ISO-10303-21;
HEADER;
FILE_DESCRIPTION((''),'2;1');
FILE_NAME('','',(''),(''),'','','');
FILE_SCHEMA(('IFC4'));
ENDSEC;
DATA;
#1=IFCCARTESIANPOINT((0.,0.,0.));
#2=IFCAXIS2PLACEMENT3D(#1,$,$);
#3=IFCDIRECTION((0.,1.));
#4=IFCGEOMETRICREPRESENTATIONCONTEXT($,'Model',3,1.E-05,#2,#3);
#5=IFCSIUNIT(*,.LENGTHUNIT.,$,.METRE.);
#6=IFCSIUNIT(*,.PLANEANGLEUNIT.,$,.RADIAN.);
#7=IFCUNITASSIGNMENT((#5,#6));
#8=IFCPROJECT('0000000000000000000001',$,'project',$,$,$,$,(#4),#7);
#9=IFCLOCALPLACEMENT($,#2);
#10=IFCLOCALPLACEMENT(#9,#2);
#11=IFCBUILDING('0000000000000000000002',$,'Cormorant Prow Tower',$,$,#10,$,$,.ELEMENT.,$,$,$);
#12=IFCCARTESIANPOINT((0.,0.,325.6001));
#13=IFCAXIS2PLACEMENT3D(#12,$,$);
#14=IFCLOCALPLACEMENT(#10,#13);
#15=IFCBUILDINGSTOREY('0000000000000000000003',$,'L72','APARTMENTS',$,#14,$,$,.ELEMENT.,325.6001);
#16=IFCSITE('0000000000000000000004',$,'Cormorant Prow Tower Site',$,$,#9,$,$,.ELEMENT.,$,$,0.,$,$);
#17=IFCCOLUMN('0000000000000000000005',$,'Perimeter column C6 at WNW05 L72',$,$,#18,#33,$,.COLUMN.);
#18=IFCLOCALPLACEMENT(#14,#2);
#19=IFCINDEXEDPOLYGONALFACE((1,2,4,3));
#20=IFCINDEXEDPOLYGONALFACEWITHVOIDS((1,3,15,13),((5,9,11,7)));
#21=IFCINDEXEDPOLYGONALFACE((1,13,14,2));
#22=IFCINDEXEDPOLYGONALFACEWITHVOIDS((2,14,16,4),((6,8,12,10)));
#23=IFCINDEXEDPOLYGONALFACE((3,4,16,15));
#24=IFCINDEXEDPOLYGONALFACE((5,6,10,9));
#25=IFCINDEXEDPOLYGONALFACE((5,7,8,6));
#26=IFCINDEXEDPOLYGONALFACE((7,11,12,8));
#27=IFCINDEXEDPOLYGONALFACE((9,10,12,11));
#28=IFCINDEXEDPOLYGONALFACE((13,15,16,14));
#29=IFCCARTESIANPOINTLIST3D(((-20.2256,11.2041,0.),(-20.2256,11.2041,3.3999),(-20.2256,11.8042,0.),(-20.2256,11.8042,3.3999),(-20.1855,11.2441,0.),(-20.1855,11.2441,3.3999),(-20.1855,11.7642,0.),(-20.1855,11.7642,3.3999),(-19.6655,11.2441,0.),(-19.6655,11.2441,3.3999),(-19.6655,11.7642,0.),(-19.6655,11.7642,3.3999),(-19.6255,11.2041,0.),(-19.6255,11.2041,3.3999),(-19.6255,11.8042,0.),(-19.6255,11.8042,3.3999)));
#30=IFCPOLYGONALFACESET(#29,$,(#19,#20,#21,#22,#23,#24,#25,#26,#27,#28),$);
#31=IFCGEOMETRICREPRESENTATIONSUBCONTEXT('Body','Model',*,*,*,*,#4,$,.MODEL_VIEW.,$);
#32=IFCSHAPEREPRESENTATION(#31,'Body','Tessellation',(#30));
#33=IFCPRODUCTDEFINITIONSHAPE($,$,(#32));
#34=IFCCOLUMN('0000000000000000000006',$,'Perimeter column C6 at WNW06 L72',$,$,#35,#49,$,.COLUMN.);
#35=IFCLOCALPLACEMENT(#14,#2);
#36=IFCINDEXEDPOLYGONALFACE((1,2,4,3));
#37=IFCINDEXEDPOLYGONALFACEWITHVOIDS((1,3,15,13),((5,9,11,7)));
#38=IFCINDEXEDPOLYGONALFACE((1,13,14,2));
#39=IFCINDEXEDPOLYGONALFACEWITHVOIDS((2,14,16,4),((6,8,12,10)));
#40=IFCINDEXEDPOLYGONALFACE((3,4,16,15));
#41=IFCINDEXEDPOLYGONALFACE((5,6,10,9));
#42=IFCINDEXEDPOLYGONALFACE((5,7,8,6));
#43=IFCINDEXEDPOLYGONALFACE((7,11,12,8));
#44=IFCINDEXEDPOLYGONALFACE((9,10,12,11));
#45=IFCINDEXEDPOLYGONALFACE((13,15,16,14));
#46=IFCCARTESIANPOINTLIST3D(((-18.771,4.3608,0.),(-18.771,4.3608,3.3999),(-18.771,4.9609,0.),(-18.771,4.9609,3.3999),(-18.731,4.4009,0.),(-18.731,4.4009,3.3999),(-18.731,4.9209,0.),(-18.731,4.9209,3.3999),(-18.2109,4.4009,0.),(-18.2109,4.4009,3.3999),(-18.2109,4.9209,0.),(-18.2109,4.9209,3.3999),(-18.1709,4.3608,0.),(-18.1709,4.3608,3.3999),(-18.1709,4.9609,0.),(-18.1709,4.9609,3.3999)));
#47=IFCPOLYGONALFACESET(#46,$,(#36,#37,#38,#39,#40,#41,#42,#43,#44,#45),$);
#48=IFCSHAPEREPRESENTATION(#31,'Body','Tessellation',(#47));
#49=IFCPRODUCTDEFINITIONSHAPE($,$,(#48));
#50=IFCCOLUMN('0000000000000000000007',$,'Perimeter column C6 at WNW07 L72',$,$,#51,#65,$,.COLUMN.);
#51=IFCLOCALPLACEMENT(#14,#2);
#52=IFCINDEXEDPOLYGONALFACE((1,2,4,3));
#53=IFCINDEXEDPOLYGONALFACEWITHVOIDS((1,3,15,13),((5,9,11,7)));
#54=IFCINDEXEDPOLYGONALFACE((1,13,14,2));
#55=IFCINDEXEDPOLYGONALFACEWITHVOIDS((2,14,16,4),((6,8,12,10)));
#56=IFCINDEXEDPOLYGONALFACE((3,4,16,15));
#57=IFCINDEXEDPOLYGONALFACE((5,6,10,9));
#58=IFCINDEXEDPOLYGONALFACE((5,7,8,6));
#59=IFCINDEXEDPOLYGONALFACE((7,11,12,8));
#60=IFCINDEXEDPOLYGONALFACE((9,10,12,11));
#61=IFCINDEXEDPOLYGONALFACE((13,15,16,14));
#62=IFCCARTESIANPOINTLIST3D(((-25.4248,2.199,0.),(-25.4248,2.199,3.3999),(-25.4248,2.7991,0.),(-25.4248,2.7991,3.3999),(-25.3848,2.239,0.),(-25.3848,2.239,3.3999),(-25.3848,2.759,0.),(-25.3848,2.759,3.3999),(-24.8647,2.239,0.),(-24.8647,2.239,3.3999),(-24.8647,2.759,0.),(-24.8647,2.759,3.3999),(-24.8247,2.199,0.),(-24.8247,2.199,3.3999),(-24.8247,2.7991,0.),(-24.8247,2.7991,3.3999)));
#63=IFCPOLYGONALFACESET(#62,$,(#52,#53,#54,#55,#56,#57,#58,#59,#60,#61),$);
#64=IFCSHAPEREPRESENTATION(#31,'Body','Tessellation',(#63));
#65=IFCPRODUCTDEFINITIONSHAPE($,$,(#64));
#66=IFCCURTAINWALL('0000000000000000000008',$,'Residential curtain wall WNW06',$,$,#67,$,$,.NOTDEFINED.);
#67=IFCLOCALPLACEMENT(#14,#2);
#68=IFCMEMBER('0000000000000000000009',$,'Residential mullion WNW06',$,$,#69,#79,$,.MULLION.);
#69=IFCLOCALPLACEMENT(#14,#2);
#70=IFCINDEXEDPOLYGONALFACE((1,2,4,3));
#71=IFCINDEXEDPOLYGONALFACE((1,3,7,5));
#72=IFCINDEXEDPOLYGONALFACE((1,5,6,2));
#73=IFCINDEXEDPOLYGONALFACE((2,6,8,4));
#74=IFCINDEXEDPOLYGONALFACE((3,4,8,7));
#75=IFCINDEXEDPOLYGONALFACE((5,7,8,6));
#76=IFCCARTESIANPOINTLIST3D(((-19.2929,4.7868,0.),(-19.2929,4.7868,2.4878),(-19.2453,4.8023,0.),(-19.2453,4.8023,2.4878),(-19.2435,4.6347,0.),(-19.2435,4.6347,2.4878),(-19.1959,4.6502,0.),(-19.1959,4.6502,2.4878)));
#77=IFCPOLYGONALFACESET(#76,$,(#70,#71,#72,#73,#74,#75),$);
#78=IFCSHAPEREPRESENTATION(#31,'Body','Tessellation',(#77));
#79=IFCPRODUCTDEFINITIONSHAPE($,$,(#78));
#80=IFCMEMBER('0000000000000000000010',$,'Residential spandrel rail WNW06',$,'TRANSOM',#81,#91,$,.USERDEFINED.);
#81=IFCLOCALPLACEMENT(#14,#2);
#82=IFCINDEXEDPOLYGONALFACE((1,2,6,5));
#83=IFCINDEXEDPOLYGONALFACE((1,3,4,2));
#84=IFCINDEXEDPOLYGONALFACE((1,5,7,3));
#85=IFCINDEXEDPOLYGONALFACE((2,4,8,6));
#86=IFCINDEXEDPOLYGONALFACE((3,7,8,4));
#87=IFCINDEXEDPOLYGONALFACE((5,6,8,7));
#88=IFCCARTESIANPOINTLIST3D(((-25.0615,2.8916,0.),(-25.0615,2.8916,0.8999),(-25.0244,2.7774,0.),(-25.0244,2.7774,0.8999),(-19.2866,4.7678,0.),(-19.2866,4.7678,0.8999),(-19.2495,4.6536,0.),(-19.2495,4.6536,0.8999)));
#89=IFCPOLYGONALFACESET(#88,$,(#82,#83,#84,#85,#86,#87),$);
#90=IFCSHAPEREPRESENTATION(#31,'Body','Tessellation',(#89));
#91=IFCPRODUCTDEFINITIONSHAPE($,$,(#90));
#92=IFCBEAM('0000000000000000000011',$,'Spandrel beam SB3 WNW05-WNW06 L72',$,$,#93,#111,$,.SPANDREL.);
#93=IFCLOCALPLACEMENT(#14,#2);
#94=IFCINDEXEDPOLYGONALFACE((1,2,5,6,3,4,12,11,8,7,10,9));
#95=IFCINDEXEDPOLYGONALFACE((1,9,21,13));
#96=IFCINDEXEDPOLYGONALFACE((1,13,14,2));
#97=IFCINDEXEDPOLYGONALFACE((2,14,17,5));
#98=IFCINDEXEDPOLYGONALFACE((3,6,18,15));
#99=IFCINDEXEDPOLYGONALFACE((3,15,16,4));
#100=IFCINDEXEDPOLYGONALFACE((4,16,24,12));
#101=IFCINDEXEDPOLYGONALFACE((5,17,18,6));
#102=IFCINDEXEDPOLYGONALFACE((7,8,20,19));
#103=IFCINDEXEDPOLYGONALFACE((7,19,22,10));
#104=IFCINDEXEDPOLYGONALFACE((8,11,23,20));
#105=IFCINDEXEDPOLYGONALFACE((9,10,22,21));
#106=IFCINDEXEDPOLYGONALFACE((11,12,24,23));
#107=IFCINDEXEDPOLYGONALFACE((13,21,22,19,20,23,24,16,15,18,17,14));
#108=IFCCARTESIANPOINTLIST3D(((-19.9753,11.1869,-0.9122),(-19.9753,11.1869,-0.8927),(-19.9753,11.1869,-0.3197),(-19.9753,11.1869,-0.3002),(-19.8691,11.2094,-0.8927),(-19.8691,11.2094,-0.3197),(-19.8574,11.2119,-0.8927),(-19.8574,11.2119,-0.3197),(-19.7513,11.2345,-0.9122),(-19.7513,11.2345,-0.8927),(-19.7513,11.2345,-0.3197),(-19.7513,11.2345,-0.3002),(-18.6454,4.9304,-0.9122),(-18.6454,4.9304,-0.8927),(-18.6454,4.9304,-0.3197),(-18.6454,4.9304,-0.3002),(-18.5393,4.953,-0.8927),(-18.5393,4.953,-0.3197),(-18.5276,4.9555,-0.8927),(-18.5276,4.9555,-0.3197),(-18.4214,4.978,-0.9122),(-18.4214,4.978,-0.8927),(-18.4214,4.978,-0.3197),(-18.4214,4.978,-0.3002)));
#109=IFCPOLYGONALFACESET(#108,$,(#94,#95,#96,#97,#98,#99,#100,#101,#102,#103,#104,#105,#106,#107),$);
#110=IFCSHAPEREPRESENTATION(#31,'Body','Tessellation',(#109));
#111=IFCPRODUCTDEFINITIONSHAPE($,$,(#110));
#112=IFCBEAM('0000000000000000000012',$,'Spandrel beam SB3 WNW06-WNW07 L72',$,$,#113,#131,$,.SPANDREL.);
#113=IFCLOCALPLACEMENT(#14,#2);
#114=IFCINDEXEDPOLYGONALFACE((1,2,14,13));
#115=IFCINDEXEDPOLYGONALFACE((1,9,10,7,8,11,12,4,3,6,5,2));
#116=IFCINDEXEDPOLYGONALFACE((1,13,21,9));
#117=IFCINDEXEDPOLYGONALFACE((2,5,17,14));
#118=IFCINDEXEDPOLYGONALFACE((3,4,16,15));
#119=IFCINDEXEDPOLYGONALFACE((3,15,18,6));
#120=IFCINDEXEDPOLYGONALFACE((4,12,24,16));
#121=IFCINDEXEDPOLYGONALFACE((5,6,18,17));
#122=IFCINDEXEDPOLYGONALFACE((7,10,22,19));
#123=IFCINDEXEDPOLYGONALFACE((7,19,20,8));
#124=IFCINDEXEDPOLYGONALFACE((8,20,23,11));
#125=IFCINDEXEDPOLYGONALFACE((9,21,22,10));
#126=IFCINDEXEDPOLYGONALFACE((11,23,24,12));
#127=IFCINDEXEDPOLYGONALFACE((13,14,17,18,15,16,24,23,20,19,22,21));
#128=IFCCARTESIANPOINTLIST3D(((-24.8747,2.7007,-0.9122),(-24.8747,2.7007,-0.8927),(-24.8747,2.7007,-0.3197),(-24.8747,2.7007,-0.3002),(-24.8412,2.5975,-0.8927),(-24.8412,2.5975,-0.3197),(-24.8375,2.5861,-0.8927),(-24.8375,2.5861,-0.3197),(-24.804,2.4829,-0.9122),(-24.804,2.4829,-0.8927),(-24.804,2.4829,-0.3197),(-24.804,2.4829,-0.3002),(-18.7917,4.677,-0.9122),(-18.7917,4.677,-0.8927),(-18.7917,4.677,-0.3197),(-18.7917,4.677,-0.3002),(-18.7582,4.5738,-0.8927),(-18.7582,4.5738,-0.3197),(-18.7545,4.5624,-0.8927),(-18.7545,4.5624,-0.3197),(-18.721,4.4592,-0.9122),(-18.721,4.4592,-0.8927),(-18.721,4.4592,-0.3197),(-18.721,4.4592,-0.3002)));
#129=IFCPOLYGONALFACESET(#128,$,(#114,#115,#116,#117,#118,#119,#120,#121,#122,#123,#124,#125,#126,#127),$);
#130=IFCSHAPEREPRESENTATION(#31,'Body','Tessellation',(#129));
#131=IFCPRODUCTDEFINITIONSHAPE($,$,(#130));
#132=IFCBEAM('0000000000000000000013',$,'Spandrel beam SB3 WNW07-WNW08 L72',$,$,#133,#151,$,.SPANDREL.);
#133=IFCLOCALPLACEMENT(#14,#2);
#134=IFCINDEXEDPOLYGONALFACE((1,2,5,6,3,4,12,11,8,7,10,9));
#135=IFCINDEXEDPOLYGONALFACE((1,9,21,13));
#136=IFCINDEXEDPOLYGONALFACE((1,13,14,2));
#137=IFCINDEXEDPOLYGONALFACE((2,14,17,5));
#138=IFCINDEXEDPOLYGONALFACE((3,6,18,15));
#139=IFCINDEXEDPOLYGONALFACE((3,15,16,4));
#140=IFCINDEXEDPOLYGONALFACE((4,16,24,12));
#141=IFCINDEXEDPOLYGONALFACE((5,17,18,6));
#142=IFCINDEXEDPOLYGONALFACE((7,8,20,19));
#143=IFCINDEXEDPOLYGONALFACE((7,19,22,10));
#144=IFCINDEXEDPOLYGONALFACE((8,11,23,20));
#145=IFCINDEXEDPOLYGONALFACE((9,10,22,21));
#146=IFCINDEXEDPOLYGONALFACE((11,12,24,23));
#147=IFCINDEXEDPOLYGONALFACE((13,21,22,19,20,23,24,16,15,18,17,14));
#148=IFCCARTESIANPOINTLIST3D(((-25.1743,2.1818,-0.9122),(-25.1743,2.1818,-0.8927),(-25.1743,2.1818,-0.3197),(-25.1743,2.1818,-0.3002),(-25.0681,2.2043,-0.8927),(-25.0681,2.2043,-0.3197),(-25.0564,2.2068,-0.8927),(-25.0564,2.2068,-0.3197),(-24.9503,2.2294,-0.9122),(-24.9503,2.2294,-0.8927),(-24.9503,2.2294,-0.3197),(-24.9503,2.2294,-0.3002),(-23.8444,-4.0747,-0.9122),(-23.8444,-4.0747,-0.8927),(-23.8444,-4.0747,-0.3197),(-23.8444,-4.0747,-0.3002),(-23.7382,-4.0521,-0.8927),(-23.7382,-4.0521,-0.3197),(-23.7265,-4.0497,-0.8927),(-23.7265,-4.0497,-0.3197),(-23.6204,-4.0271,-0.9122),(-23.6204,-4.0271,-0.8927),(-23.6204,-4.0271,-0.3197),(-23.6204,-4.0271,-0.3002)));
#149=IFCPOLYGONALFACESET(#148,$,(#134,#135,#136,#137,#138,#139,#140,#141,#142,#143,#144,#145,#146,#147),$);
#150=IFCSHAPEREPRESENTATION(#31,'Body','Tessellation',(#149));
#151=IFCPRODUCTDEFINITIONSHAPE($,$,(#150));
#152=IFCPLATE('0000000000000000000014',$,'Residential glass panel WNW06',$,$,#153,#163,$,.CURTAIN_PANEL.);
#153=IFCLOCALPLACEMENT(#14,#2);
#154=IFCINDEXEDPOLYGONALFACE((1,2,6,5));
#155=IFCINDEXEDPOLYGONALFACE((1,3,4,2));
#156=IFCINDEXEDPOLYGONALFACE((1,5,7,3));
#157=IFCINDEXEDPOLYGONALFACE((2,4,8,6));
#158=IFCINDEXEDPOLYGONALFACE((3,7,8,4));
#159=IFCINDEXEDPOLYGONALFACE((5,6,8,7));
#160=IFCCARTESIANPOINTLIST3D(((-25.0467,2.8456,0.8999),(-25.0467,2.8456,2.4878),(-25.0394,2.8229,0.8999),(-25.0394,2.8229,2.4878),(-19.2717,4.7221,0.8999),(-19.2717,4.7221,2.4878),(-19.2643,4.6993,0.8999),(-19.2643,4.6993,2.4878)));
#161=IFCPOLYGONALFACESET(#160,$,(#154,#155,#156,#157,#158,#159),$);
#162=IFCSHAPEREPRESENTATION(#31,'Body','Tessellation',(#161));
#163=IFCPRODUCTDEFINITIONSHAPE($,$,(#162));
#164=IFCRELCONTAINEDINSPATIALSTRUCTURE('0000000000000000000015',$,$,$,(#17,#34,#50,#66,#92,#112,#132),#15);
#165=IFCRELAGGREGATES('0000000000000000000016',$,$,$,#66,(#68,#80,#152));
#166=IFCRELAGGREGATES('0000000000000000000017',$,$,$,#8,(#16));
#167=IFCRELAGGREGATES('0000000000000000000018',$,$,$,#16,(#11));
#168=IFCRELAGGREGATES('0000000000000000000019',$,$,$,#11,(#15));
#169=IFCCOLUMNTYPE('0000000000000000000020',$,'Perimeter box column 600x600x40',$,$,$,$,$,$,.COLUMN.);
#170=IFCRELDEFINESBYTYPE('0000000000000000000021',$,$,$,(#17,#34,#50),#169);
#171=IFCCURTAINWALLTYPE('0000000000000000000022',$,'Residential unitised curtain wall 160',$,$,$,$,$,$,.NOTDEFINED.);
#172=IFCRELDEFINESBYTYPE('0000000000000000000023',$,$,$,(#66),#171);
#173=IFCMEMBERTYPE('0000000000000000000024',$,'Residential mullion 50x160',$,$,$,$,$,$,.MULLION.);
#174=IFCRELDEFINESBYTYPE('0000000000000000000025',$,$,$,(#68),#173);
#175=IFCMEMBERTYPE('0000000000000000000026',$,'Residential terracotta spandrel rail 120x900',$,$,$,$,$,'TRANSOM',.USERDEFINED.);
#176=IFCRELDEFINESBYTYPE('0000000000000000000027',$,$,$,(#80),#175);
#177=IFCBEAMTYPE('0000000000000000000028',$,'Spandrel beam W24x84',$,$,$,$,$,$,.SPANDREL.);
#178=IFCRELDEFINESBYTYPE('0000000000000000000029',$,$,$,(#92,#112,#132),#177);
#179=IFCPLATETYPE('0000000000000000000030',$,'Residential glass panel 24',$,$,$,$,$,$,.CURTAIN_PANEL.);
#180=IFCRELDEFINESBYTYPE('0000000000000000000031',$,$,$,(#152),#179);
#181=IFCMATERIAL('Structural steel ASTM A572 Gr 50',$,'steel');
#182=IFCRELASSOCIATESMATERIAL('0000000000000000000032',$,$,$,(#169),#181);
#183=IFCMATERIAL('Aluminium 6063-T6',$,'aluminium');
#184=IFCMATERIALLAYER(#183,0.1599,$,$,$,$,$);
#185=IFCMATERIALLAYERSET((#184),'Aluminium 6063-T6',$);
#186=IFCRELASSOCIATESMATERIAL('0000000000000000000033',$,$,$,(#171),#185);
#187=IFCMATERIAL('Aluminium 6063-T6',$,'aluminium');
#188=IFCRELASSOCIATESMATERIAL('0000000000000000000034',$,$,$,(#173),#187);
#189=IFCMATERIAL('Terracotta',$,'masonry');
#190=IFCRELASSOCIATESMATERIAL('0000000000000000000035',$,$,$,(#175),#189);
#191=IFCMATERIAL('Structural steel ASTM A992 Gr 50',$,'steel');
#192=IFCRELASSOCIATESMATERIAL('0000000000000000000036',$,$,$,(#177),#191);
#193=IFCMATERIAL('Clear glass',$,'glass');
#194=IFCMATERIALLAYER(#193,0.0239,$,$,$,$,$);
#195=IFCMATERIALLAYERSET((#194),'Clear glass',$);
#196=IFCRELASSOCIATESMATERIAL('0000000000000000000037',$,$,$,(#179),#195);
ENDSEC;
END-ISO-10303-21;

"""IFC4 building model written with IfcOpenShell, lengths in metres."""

from ifc_helpers import new_model, si_unit, direction, frame, origin, origin_2d, place, context, subcontext, project, spatial, rectangle, hollow_rectangle, i_section, extrude, material, layer, layer_set, material_profile, profile_set, type_object, element, aggregate, save


model = new_model("IFC4")

# Units and contexts
model_context = context("Model", 3, precision=1e-05, world=origin(), true_north=direction((0.0, 1.0)))
body_context = subcontext(model_context, "Body", "Model", "MODEL_VIEW")
ifc_project = project(units=[si_unit("LENGTHUNIT", "METRE"), si_unit("PLANEANGLEUNIT", "RADIAN")], contexts=[model_context])

# Site, building, storey
site_placement = place(None, origin())
site = spatial("IfcSite", under=ifc_project, at=site_placement, Name="Cormorant Prow Tower Site", CompositionType="ELEMENT", RefElevation=0.0)
building_placement = place(site_placement, origin())
building = spatial("IfcBuilding", under=site, at=building_placement, Name="Cormorant Prow Tower", CompositionType="ELEMENT")
storey_placement = place(building_placement, frame((0.0, 0.0, 325.6001)))
storey = spatial("IfcBuildingStorey", under=building, at=storey_placement, Name="L72", Description="APARTMENTS", CompositionType="ELEMENT", Elevation=325.6001)

# Columns
ifc_material_1 = material(Name="Structural steel ASTM A572 Gr 50", Category="steel")
ifc_material_profile_1 = material_profile(ifc_material_1, hollow_rectangle(XDim=0.6001, YDim=0.6001, WallThickness=0.04, at=origin_2d()), Name="Box 600x600x40")
ifc_profile_set_1 = profile_set([ifc_material_profile_1], Name="Structural steel ASTM A572 Gr 50")
column_type = type_object("IfcColumnType", Name="Perimeter box column 600x600x40", PredefinedType="COLUMN", material=ifc_profile_set_1)
for number, where, z_axis, x_axis, name in (
    (1, (-19.9255, 11.5042, 0.0), (0.0, 0.0, 1.0), (1.0, 0.0, 0.0), "Perimeter column C6 at WNW05 L72"),
    (2, (-18.4709, 4.6609, 0.0), (0.0, 0.0, 1.0), (1.0, 0.0, 0.0), "Perimeter column C6 at WNW06 L72"),
    (3, (-25.1248, 2.499, 0.0), (0.0, 0.0, 1.0), (1.0, 0.0, 0.0), "Perimeter column C6 at WNW07 L72"),
):
    element("IfcColumn", number, at=place(storey_placement, frame(where, z_axis=z_axis, x_axis=x_axis)), inside=storey, type_object=column_type, Name=name, PredefinedType="COLUMN", context=body_context, shape_type="SweptSolid", body=[
        extrude(hollow_rectangle(XDim=0.6001, YDim=0.6001, WallThickness=0.04, at=origin_2d()), origin(), (0.0, 0.0, 1.0), 3.3999),
    ])

# Curtain wall, members
ifc_material_2 = material(Name="Aluminium 6063-T6", Category="aluminium")
ifc_layer_1 = layer(ifc_material_2, 0.1599)
ifc_layer_set_1 = layer_set([ifc_layer_1], Name="Aluminium 6063-T6")
curtain_wall_type = type_object("IfcCurtainWallType", Name="Residential unitised curtain wall 160", PredefinedType="NOTDEFINED", material=ifc_layer_set_1)
curtain_wall_placement = place(storey_placement, origin())
curtain_wall = element("IfcCurtainWall", 4, at=curtain_wall_placement, inside=storey, type_object=curtain_wall_type, Name="Residential curtain wall WNW06", PredefinedType="NOTDEFINED")
ifc_material_3 = material(Name="Aluminium 6063-T6", Category="aluminium")
ifc_material_profile_2 = material_profile(ifc_material_3, rectangle(XDim=0.1599, YDim=0.05, at=origin_2d()), Name="Residential mullion 50x160")
ifc_profile_set_2 = profile_set([ifc_material_profile_2], Name="Aluminium 6063-T6")
member_type_1 = type_object("IfcMemberType", Name="Residential mullion 50x160", PredefinedType="MULLION", material=ifc_profile_set_2)
member_1_placement = place(storey_placement, frame((-19.2444, 4.7185, 0.0), z_axis=(0.0, 0.0, 1.0), x_axis=(0.309017, -0.951057, 0.0)))
member_1 = element("IfcMember", 5, at=member_1_placement, type_object=member_type_1, Name="Residential mullion WNW06", PredefinedType="MULLION", context=body_context, shape_type="SweptSolid", body=[
    extrude(rectangle(XDim=0.1599, YDim=0.05, at=origin_2d()), origin(), (0.0, 0.0, 1.0), 2.4878),
])
ifc_material_4 = material(Name="Terracotta", Category="masonry")
ifc_material_profile_3 = material_profile(ifc_material_4, rectangle(XDim=0.1201, YDim=0.8999, at=origin_2d()), Name="Residential terracotta spandrel rail 120x900")
ifc_profile_set_3 = profile_set([ifc_material_profile_3], Name="Terracotta")
member_type_2 = type_object("IfcMemberType", Name="Residential terracotta spandrel rail 120x900", ElementType="TRANSOM", PredefinedType="USERDEFINED", material=ifc_profile_set_3)
member_2_placement = place(storey_placement, frame((-19.2681, 4.7107, 0.45), z_axis=(-0.951064, -0.308993, 0.0), x_axis=(0.308993, -0.951064, 0.0)))
member_2 = element("IfcMember", 6, at=member_2_placement, type_object=member_type_2, Name="Residential spandrel rail WNW06", ObjectType="TRANSOM", PredefinedType="USERDEFINED", context=body_context, shape_type="SweptSolid", body=[
    extrude(rectangle(XDim=0.1201, YDim=0.8999, at=origin_2d()), origin(), (0.0, 0.0, 1.0), 6.072),
])

# Beams
ifc_material_5 = material(Name="Structural steel ASTM A992 Gr 50", Category="steel")
ifc_material_profile_4 = material_profile(ifc_material_5, i_section(OverallWidth=0.229, OverallDepth=0.6121, WebThickness=0.012, FlangeThickness=0.0195, at=origin_2d()), Name="W24x84")
ifc_profile_set_4 = profile_set([ifc_material_profile_4], Name="Structural steel ASTM A992 Gr 50")
beam_type = type_object("IfcBeamType", Name="Spandrel beam W24x84", PredefinedType="SPANDREL", material=ifc_profile_set_4)
beam_1_placement = place(storey_placement, frame((-19.8633, 11.2107, -0.6062), z_axis=(0.207913, -0.978147, 0.0), x_axis=(0.978147, 0.207913, 0.0)))
element("IfcBeam", 7, at=beam_1_placement, inside=storey, type_object=beam_type, Name="Spandrel beam SB3 WNW05-WNW06 L72", PredefinedType="SPANDREL", context=body_context, shape_type="SweptSolid", body=[
    extrude(i_section(OverallWidth=0.229, OverallDepth=0.6121, WebThickness=0.012, FlangeThickness=0.0195, at=origin_2d()), origin(), (0.0, 0.0, 1.0), 6.3962),
])
beam_2_placement = place(storey_placement, frame((-18.7563, 4.5681, -0.6062), z_axis=(-0.951064, -0.308993, 0.0), x_axis=(0.308993, -0.951064, 0.0)))
element("IfcBeam", 8, at=beam_2_placement, inside=storey, type_object=beam_type, Name="Spandrel beam SB3 WNW06-WNW07 L72", PredefinedType="SPANDREL", context=body_context, shape_type="SweptSolid", body=[
    extrude(i_section(OverallWidth=0.229, OverallDepth=0.6121, WebThickness=0.012, FlangeThickness=0.0195, at=origin_2d()), origin(), (0.0, 0.0, 1.0), 6.396),
])
beam_3_placement = place(storey_placement, frame((-25.0623, 2.2056, -0.6062), z_axis=(0.207913, -0.978147, 0.0), x_axis=(0.978147, 0.207913, 0.0)))
element("IfcBeam", 9, at=beam_3_placement, inside=storey, type_object=beam_type, Name="Spandrel beam SB3 WNW07-WNW08 L72", PredefinedType="SPANDREL", context=body_context, shape_type="SweptSolid", body=[
    extrude(i_section(OverallWidth=0.229, OverallDepth=0.6121, WebThickness=0.012, FlangeThickness=0.0195, at=origin_2d()), origin(), (0.0, 0.0, 1.0), 6.3962),
])

# Plate
ifc_material_6 = material(Name="Clear glass", Category="glass")
ifc_layer_2 = layer(ifc_material_6, 0.0239)
ifc_layer_set_2 = layer_set([ifc_layer_2], Name="Clear glass")
plate_type = type_object("IfcPlateType", Name="Residential glass panel 24", PredefinedType="CURTAIN_PANEL", material=ifc_layer_set_2)
plate_placement = place(storey_placement, frame((-22.1555, 3.7725, 0.8999), z_axis=(0.0, 0.0, 1.0), x_axis=(-0.951057, -0.309017, 0.0)))
plate = element("IfcPlate", 10, at=plate_placement, type_object=plate_type, Name="Residential glass panel WNW06", PredefinedType="CURTAIN_PANEL", context=body_context, shape_type="SweptSolid", body=[
    extrude(rectangle(XDim=6.0723, YDim=0.0239, at=origin_2d()), origin(), (0.0, 0.0, 1.0), 1.5879),
])
aggregate(curtain_wall, [member_1, member_2, plate])

save(model, "model.ifc")
